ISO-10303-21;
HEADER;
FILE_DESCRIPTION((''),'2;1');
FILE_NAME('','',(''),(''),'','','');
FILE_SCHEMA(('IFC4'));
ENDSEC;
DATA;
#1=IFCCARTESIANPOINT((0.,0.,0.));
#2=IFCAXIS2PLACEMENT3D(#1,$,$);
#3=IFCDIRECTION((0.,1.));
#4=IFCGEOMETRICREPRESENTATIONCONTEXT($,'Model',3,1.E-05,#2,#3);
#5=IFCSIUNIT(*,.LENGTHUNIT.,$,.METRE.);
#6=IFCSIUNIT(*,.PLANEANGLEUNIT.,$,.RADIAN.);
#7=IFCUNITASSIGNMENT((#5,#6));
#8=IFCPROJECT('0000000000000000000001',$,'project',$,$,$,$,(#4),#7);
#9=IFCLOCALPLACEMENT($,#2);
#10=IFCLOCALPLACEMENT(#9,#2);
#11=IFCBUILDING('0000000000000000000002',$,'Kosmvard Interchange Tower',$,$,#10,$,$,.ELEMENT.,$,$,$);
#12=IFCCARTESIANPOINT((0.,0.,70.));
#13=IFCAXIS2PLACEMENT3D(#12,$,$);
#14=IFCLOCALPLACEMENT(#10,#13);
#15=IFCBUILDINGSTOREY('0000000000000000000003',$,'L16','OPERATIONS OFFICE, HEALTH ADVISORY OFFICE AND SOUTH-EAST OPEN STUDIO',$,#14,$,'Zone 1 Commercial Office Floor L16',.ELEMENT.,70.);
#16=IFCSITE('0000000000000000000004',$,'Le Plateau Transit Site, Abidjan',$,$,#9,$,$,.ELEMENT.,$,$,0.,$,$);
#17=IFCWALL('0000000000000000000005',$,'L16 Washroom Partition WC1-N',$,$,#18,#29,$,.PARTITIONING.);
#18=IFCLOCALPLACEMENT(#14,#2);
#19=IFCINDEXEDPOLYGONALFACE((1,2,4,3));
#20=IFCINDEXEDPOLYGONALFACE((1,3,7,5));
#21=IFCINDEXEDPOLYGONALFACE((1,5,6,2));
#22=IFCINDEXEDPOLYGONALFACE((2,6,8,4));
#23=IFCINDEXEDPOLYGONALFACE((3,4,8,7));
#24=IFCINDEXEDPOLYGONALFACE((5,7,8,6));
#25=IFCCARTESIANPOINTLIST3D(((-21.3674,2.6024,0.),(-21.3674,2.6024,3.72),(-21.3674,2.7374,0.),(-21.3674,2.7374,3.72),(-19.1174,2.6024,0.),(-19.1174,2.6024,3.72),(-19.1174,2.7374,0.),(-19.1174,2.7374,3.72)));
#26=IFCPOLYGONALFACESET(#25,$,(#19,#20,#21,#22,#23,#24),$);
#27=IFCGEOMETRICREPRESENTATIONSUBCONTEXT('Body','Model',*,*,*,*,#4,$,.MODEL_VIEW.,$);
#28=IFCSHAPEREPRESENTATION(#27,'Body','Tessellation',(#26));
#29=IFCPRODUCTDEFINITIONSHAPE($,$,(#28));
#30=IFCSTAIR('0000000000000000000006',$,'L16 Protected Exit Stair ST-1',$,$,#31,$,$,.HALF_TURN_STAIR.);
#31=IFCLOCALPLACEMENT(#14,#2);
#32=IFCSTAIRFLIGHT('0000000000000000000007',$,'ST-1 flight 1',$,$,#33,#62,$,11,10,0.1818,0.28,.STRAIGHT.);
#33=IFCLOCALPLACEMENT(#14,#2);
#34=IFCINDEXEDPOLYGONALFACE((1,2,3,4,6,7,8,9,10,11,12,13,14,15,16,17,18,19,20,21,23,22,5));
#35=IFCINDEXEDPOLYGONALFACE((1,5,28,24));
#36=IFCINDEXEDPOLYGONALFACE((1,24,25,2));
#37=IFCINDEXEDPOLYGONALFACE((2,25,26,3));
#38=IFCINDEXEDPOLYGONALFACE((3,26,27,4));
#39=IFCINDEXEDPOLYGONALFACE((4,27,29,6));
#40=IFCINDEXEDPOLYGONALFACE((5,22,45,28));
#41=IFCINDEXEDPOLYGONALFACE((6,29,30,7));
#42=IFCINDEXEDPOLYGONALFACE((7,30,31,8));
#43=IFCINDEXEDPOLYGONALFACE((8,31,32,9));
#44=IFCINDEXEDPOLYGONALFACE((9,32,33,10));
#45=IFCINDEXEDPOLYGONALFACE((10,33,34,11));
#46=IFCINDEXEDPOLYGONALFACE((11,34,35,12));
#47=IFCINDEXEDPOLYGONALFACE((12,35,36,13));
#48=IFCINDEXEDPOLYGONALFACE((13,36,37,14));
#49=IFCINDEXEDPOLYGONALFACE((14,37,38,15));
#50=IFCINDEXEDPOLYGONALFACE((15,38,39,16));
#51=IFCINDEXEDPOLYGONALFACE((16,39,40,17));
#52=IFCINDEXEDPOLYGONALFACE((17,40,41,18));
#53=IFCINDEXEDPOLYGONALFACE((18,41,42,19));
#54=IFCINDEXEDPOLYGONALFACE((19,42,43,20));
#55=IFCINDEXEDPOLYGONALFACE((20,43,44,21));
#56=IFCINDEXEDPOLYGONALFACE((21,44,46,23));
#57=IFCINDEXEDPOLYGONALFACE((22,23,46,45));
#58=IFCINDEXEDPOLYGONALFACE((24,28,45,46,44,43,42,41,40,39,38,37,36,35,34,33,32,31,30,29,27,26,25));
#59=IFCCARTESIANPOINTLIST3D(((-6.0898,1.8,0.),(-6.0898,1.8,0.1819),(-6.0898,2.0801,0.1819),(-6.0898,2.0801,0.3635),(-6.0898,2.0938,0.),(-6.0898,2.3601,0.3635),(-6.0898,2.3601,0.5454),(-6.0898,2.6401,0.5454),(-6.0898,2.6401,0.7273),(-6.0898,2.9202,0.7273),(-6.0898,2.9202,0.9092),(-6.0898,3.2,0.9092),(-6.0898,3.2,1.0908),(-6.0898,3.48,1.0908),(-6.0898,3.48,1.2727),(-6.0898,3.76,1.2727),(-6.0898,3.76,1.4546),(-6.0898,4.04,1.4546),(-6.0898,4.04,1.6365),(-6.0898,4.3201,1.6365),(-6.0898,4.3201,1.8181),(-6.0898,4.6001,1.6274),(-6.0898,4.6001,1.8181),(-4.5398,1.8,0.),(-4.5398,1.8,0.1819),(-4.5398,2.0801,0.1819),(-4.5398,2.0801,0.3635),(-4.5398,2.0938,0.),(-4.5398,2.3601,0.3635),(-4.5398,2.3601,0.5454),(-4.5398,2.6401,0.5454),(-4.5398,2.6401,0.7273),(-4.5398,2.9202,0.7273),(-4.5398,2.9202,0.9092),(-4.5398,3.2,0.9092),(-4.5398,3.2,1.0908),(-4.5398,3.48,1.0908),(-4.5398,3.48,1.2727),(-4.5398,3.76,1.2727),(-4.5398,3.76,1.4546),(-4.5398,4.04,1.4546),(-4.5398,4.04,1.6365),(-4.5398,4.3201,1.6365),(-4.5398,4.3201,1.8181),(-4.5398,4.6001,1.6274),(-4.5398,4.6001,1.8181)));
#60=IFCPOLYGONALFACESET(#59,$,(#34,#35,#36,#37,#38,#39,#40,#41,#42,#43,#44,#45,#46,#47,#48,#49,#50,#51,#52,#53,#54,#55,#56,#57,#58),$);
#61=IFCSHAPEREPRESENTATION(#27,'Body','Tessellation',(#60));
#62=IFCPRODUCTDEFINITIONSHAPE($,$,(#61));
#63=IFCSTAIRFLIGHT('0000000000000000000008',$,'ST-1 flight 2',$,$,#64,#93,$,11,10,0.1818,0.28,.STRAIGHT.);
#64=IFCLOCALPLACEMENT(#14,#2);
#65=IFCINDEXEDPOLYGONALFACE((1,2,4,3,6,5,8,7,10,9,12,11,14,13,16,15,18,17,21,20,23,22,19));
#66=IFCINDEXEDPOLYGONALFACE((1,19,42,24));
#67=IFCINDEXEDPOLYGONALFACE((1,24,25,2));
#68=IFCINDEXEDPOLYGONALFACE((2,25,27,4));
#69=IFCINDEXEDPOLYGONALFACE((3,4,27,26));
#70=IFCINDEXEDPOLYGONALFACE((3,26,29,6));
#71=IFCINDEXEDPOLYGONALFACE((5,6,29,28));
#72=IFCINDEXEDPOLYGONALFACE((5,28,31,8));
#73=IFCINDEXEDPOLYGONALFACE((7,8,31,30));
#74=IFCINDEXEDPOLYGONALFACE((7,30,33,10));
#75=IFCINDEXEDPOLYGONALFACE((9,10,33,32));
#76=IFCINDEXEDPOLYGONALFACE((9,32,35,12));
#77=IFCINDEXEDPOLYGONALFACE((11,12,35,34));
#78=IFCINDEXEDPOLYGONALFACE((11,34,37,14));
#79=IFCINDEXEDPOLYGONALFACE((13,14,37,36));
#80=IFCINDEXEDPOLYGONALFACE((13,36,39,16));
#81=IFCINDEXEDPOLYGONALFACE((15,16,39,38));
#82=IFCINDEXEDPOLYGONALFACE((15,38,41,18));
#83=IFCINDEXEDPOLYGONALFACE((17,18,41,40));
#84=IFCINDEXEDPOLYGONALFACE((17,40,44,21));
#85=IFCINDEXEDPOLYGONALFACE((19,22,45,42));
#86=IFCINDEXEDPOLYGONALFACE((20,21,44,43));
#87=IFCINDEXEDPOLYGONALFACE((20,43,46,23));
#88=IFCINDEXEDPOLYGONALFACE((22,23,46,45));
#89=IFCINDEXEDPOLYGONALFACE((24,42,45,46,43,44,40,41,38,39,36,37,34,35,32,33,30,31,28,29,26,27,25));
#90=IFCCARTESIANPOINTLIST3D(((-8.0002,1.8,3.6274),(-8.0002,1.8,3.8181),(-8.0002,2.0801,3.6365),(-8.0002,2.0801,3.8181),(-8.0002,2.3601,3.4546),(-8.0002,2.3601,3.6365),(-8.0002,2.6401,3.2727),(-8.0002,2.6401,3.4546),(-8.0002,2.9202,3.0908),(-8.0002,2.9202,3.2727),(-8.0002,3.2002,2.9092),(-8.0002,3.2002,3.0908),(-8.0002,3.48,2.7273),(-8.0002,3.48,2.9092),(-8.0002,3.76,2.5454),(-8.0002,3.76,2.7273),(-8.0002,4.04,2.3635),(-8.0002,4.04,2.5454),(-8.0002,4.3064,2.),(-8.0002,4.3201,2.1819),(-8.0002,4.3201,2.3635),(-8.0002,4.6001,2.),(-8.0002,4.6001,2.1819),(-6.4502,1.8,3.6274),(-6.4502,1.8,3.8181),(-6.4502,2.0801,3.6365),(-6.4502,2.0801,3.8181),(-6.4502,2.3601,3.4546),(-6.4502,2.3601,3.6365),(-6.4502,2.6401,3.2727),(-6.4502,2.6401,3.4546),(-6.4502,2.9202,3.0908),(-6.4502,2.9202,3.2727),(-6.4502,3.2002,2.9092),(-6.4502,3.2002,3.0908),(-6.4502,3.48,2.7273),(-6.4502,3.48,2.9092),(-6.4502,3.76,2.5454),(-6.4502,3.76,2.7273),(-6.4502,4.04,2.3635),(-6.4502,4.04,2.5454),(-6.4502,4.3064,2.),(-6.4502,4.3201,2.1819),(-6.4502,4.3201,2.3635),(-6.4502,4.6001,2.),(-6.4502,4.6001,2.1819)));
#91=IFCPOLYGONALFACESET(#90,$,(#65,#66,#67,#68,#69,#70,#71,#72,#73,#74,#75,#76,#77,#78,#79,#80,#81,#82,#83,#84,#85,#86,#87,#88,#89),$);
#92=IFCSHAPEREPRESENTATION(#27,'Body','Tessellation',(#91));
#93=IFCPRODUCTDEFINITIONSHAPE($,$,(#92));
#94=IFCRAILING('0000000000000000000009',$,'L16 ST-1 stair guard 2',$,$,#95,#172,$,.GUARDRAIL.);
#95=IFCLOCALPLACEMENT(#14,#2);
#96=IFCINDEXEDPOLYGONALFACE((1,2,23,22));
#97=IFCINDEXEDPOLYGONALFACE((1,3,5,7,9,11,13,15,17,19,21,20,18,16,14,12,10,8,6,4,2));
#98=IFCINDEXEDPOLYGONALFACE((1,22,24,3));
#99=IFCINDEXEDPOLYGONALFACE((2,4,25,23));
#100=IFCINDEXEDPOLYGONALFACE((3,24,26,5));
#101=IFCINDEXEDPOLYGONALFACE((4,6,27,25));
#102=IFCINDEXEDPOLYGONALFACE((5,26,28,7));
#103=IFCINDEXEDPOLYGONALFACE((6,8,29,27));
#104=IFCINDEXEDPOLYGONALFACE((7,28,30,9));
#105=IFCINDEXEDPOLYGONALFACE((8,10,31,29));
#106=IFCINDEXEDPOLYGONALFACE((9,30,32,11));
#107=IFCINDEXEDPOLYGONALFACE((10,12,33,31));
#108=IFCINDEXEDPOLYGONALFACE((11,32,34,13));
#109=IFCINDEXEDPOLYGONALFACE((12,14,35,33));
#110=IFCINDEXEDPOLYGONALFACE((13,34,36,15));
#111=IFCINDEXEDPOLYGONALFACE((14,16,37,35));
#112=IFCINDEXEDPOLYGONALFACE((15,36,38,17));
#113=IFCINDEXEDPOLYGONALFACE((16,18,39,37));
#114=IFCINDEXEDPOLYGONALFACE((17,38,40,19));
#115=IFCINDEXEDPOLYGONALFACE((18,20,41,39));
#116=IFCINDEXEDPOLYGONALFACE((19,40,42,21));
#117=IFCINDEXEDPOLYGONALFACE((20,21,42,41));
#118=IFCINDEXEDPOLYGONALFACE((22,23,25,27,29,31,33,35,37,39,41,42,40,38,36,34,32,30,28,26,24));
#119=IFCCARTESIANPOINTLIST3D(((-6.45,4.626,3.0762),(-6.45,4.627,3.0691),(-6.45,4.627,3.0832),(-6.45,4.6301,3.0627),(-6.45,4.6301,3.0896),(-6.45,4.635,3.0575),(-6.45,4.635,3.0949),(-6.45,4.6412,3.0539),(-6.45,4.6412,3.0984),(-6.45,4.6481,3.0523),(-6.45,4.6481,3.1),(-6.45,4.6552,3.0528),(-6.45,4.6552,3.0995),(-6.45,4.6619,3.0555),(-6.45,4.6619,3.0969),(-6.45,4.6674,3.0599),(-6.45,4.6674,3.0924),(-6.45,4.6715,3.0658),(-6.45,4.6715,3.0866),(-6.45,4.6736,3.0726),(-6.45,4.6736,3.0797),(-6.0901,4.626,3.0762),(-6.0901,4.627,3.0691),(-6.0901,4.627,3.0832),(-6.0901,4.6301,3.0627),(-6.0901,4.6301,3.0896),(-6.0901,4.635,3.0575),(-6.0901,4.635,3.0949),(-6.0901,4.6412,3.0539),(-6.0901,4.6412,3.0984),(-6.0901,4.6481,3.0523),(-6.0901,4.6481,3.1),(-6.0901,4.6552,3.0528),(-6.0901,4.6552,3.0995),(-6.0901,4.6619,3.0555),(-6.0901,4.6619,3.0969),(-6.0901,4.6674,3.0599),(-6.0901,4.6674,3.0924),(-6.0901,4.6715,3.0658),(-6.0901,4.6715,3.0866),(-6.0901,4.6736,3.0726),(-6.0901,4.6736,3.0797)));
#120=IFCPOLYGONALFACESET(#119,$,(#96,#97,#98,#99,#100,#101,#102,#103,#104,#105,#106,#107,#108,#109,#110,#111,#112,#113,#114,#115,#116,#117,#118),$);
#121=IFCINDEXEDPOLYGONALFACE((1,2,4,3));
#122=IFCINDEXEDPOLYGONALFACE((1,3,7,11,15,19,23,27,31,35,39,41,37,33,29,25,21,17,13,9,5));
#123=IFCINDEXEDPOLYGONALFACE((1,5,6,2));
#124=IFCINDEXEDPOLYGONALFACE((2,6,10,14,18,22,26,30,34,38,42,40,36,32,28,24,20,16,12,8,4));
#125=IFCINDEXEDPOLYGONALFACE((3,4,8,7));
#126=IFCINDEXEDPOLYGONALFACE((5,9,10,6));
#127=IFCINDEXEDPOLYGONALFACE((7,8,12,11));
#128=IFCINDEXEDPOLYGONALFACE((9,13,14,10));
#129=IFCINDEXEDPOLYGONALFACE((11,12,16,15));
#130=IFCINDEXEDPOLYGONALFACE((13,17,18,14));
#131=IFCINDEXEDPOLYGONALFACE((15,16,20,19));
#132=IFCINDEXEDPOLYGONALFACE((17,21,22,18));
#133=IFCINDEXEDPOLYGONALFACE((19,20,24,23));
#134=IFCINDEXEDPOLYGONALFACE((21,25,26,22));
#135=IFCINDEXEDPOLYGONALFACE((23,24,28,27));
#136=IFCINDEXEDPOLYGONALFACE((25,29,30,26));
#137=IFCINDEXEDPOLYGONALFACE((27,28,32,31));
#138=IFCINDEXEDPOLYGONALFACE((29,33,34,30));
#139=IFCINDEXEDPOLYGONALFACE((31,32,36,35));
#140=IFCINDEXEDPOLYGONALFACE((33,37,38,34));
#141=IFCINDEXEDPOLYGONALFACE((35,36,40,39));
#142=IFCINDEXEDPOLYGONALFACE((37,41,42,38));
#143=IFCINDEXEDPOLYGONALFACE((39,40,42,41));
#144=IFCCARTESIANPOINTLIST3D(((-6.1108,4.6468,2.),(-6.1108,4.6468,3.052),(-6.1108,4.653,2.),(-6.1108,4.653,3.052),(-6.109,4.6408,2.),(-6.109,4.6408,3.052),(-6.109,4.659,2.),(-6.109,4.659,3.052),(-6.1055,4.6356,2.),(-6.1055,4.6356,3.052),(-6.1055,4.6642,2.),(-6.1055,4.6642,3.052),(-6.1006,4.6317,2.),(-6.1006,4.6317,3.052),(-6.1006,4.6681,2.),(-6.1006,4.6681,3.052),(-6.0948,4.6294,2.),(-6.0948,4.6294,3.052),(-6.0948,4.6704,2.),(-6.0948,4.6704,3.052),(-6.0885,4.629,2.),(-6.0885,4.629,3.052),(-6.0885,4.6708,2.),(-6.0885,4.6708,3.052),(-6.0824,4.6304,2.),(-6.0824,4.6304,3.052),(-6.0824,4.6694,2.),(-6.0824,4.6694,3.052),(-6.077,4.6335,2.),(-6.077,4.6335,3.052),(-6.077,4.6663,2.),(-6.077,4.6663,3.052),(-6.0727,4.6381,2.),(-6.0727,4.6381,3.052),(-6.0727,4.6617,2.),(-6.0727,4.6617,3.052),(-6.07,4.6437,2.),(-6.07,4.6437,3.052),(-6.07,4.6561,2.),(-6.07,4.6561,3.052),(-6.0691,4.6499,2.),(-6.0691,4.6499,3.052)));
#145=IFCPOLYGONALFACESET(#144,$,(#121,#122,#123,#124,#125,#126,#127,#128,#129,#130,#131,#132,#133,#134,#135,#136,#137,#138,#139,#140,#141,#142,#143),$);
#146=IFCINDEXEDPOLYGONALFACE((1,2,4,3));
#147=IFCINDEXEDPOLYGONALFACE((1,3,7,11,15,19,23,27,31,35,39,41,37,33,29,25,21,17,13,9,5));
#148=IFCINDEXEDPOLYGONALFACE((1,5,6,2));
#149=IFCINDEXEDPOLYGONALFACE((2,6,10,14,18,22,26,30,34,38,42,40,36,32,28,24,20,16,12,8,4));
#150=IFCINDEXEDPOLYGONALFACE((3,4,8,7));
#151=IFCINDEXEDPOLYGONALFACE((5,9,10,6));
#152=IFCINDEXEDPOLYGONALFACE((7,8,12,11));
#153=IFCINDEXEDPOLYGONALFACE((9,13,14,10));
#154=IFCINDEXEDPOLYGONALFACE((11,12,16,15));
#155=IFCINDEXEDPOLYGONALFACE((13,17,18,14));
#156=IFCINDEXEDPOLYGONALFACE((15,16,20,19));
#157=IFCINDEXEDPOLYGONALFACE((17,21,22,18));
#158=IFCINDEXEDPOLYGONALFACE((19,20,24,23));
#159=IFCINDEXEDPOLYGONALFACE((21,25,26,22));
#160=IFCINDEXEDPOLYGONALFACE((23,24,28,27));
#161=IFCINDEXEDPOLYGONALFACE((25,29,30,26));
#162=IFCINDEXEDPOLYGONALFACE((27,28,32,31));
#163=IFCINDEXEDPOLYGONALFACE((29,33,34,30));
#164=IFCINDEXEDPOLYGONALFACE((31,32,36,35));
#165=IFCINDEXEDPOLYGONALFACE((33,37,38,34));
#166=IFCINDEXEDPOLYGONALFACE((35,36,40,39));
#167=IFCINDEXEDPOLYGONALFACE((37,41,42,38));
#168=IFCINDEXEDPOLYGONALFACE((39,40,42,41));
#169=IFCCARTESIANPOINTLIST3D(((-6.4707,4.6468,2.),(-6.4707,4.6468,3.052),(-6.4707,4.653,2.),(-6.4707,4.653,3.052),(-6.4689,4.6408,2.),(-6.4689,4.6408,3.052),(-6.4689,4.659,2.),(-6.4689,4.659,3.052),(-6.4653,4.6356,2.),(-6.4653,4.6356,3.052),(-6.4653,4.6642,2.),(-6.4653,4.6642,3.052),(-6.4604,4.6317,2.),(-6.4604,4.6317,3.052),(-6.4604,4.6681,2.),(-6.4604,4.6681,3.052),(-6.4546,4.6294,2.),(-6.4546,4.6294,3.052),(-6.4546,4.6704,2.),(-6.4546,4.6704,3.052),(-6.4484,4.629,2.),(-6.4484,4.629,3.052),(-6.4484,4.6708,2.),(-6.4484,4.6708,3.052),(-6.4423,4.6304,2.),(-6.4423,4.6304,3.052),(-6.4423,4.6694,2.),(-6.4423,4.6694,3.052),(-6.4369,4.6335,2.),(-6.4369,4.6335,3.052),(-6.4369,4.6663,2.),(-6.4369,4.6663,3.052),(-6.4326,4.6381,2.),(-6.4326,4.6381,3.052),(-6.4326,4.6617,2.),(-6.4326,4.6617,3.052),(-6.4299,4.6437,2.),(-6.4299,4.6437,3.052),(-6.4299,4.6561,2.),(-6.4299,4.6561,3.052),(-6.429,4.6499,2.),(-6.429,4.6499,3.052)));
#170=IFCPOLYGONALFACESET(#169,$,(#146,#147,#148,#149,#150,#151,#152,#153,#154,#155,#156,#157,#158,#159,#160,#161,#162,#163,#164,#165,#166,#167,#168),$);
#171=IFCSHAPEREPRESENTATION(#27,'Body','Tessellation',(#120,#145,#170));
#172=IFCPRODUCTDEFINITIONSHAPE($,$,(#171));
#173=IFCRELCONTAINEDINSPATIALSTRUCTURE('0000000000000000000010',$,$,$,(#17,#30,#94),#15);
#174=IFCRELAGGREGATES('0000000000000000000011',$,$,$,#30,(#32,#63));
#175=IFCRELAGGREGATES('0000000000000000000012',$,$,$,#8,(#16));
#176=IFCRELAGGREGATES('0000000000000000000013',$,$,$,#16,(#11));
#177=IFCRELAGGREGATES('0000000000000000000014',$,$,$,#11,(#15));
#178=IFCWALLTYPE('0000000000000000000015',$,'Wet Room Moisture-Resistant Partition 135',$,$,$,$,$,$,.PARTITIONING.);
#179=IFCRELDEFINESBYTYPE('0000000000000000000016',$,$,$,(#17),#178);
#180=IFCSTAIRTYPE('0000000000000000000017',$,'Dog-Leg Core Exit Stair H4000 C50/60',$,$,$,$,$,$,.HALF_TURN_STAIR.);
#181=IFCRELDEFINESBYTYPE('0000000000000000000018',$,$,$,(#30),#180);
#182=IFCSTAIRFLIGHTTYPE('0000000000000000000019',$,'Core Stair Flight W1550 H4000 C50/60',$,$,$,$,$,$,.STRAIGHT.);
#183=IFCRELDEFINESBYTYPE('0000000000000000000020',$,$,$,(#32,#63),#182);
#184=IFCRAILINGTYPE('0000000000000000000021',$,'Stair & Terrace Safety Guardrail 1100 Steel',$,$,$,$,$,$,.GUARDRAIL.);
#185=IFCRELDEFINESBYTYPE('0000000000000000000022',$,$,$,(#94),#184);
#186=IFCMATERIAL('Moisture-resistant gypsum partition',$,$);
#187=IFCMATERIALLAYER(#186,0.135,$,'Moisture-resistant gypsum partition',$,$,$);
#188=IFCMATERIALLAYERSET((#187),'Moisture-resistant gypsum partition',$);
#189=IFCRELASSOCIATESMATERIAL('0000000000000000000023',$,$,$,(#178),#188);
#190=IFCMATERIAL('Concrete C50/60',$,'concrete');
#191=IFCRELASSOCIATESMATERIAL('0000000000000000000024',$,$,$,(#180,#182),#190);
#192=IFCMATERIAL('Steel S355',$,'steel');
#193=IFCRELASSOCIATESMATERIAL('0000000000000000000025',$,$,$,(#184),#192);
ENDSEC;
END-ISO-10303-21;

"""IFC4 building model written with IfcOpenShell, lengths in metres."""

from ifc_helpers import new_model, si_unit, direction, frame, frame_2d, origin, origin_2d, place, context, subcontext, project, spatial, polyline, rectangle, circle, outline, extrude, source, transform, mapped, material, layer, layer_set, type_object, element, aggregate, save


model = new_model("IFC4")

# Units and contexts
model_context = context("Model", 3, precision=1e-05, world=origin(), true_north=direction((0.0, 1.0)))
body_context = subcontext(model_context, "Body", "Model", "MODEL_VIEW")
ifc_project = project(units=[si_unit("LENGTHUNIT", "METRE"), si_unit("PLANEANGLEUNIT", "RADIAN")], contexts=[model_context])

# Site, building, storey
site_placement = place(None, origin())
site = spatial("IfcSite", under=ifc_project, at=site_placement, Name="Le Plateau Transit Site, Abidjan", CompositionType="ELEMENT", RefElevation=0.0)
building_placement = place(site_placement, origin())
building = spatial("IfcBuilding", under=site, at=building_placement, Name="Kosmvard Interchange Tower", CompositionType="ELEMENT")
storey_placement = place(building_placement, frame((0.0, 0.0, 70.0)))
storey = spatial("IfcBuildingStorey", under=building, at=storey_placement, Name="L16", Description="OPERATIONS OFFICE, HEALTH ADVISORY OFFICE AND SOUTH-EAST OPEN STUDIO", LongName="Zone 1 Commercial Office Floor L16", CompositionType="ELEMENT", Elevation=70.0)

# Shared definitions
ifc_material_1 = material(Name="Steel S355", Category="steel")

# Wall
ifc_material_2 = material(Name="Moisture-resistant gypsum partition")
ifc_layer_1 = layer(ifc_material_2, 0.135, Name="Moisture-resistant gypsum partition")
ifc_layer_set_1 = layer_set([ifc_layer_1], Name="Moisture-resistant gypsum partition")
wall_type_1 = type_object("IfcWallType", Name="Wet Room Moisture-Resistant Partition 135", PredefinedType="PARTITIONING", material=ifc_layer_set_1)
wall_1_placement = place(storey_placement, frame((-21.3674, 2.6699, 0.0), z_axis=(0.0, 0.0, 1.0), x_axis=(1.0, 0.0, 0.0)))
element("IfcWall", 1, at=wall_1_placement, inside=storey, type_object=wall_type_1, Name="L16 Washroom Partition WC1-N", PredefinedType="PARTITIONING", context=body_context, shape_type="SweptSolid", body=[
    extrude(rectangle(XDim=2.25, YDim=0.135, at=frame_2d((1.125, 0.0))), origin(), (0.0, 0.0, 1.0), 3.72),
])

# Stair, stair flights
ifc_material_3 = material(Name="Concrete C50/60", Category="concrete")
stair_type = type_object("IfcStairType", Name="Dog-Leg Core Exit Stair H4000 C50/60", PredefinedType="HALF_TURN_STAIR", material=ifc_material_3)
stair_placement = place(storey_placement, origin())
stair = element("IfcStair", 2, at=stair_placement, inside=storey, type_object=stair_type, Name="L16 Protected Exit Stair ST-1", PredefinedType="HALF_TURN_STAIR")
stair_flight_type = type_object("IfcStairFlightType", Name="Core Stair Flight W1550 H4000 C50/60", PredefinedType="STRAIGHT", material=ifc_material_3)
shared_shape_1 = source(origin(), body_context, "Body", "SweptSolid", [
    extrude(outline(polyline([(0.0, 0.0), (0.0, 0.1819), (0.28, 0.1819), (0.28, 0.3635), (0.5601, 0.3635), (0.5601, 0.5454), (0.8401, 0.5454), (0.8401, 0.7273), (1.1201, 0.7273), (1.1201, 0.9092), (1.3999, 0.9092), (1.3999, 1.0908), (1.6799, 1.0908), (1.6799, 1.2727), (1.96, 1.2727), (1.96, 1.4546), (2.24, 1.4546), (2.24, 1.6365), (2.52, 1.6365), (2.52, 1.8181), (2.8, 1.8181), (2.8, 2.0), (2.8, 1.6274), (0.2937, 0.0), (0.0, 0.0)])), frame((0.0, 0.7749, 0.0), z_axis=(0.0, -1.0, 0.0), x_axis=(1.0, 0.0, 0.0)), (0.0, 0.0, 1.0), 1.55),
])
stair_flight_1_placement = place(storey_placement, frame((-5.3149, 1.8, 0.0), z_axis=(0.0, 0.0, 1.0), x_axis=(0.0, 1.0, 0.0)))
stair_flight_1 = element("IfcStairFlight", 3, at=stair_flight_1_placement, type_object=stair_flight_type, Name="ST-1 flight 1", NumberOfRisers=11, NumberOfTreads=10, PredefinedType="STRAIGHT", RiserHeight=0.1818, TreadLength=0.28, context=body_context, shape_type="MappedRepresentation", body=[
    mapped(shared_shape_1, transform((0.0, 0.0, 0.0), scale=1.0)),
])
stair_flight_2_placement = place(storey_placement, frame((-7.2251, 4.6001, 2.0), z_axis=(0.0, 0.0, 1.0), x_axis=(0.0, -1.0, 0.0)))
stair_flight_2 = element("IfcStairFlight", 4, at=stair_flight_2_placement, type_object=stair_flight_type, Name="ST-1 flight 2", NumberOfRisers=11, NumberOfTreads=10, PredefinedType="STRAIGHT", RiserHeight=0.1818, TreadLength=0.28, context=body_context, shape_type="MappedRepresentation", body=[
    mapped(shared_shape_1, transform((0.0, 0.0, 0.0), scale=1.0)),
])
aggregate(stair, [stair_flight_1, stair_flight_2])

# Railing
railing_type_1 = type_object("IfcRailingType", Name="Stair & Terrace Safety Guardrail 1100 Steel", PredefinedType="GUARDRAIL", material=ifc_material_1)
shared_shape_2 = source(origin(), body_context, "Body", "SweptSolid", [
    extrude(circle(Radius=0.0239, at=origin_2d()), frame((0.0, 0.0, 1.0762), z_axis=(-1.0, 0.0, 0.0), x_axis=(0.0, -1.0, 0.0)), (0.0, 0.0, 1.0), 0.3599),
    extrude(circle(Radius=0.021, at=origin_2d()), origin(), (0.0, 0.0, 1.0), 1.052),
    extrude(circle(Radius=0.021, at=origin_2d()), frame((-0.3599, 0.0, 0.0)), (0.0, 0.0, 1.0), 1.052),
])
for number, where, name in (
    (5, (-6.0901, 4.6499, 2.0), "L16 ST-1 stair guard 2"),
):
    element("IfcRailing", number, at=place(storey_placement, frame(where)), inside=storey, type_object=railing_type_1, Name=name, PredefinedType="GUARDRAIL", context=body_context, shape_type="MappedRepresentation", body=[
        mapped(shared_shape_2, transform((0.0, 0.0, 0.0), scale=1.0)),
    ])

save(model, "model.ifc")
